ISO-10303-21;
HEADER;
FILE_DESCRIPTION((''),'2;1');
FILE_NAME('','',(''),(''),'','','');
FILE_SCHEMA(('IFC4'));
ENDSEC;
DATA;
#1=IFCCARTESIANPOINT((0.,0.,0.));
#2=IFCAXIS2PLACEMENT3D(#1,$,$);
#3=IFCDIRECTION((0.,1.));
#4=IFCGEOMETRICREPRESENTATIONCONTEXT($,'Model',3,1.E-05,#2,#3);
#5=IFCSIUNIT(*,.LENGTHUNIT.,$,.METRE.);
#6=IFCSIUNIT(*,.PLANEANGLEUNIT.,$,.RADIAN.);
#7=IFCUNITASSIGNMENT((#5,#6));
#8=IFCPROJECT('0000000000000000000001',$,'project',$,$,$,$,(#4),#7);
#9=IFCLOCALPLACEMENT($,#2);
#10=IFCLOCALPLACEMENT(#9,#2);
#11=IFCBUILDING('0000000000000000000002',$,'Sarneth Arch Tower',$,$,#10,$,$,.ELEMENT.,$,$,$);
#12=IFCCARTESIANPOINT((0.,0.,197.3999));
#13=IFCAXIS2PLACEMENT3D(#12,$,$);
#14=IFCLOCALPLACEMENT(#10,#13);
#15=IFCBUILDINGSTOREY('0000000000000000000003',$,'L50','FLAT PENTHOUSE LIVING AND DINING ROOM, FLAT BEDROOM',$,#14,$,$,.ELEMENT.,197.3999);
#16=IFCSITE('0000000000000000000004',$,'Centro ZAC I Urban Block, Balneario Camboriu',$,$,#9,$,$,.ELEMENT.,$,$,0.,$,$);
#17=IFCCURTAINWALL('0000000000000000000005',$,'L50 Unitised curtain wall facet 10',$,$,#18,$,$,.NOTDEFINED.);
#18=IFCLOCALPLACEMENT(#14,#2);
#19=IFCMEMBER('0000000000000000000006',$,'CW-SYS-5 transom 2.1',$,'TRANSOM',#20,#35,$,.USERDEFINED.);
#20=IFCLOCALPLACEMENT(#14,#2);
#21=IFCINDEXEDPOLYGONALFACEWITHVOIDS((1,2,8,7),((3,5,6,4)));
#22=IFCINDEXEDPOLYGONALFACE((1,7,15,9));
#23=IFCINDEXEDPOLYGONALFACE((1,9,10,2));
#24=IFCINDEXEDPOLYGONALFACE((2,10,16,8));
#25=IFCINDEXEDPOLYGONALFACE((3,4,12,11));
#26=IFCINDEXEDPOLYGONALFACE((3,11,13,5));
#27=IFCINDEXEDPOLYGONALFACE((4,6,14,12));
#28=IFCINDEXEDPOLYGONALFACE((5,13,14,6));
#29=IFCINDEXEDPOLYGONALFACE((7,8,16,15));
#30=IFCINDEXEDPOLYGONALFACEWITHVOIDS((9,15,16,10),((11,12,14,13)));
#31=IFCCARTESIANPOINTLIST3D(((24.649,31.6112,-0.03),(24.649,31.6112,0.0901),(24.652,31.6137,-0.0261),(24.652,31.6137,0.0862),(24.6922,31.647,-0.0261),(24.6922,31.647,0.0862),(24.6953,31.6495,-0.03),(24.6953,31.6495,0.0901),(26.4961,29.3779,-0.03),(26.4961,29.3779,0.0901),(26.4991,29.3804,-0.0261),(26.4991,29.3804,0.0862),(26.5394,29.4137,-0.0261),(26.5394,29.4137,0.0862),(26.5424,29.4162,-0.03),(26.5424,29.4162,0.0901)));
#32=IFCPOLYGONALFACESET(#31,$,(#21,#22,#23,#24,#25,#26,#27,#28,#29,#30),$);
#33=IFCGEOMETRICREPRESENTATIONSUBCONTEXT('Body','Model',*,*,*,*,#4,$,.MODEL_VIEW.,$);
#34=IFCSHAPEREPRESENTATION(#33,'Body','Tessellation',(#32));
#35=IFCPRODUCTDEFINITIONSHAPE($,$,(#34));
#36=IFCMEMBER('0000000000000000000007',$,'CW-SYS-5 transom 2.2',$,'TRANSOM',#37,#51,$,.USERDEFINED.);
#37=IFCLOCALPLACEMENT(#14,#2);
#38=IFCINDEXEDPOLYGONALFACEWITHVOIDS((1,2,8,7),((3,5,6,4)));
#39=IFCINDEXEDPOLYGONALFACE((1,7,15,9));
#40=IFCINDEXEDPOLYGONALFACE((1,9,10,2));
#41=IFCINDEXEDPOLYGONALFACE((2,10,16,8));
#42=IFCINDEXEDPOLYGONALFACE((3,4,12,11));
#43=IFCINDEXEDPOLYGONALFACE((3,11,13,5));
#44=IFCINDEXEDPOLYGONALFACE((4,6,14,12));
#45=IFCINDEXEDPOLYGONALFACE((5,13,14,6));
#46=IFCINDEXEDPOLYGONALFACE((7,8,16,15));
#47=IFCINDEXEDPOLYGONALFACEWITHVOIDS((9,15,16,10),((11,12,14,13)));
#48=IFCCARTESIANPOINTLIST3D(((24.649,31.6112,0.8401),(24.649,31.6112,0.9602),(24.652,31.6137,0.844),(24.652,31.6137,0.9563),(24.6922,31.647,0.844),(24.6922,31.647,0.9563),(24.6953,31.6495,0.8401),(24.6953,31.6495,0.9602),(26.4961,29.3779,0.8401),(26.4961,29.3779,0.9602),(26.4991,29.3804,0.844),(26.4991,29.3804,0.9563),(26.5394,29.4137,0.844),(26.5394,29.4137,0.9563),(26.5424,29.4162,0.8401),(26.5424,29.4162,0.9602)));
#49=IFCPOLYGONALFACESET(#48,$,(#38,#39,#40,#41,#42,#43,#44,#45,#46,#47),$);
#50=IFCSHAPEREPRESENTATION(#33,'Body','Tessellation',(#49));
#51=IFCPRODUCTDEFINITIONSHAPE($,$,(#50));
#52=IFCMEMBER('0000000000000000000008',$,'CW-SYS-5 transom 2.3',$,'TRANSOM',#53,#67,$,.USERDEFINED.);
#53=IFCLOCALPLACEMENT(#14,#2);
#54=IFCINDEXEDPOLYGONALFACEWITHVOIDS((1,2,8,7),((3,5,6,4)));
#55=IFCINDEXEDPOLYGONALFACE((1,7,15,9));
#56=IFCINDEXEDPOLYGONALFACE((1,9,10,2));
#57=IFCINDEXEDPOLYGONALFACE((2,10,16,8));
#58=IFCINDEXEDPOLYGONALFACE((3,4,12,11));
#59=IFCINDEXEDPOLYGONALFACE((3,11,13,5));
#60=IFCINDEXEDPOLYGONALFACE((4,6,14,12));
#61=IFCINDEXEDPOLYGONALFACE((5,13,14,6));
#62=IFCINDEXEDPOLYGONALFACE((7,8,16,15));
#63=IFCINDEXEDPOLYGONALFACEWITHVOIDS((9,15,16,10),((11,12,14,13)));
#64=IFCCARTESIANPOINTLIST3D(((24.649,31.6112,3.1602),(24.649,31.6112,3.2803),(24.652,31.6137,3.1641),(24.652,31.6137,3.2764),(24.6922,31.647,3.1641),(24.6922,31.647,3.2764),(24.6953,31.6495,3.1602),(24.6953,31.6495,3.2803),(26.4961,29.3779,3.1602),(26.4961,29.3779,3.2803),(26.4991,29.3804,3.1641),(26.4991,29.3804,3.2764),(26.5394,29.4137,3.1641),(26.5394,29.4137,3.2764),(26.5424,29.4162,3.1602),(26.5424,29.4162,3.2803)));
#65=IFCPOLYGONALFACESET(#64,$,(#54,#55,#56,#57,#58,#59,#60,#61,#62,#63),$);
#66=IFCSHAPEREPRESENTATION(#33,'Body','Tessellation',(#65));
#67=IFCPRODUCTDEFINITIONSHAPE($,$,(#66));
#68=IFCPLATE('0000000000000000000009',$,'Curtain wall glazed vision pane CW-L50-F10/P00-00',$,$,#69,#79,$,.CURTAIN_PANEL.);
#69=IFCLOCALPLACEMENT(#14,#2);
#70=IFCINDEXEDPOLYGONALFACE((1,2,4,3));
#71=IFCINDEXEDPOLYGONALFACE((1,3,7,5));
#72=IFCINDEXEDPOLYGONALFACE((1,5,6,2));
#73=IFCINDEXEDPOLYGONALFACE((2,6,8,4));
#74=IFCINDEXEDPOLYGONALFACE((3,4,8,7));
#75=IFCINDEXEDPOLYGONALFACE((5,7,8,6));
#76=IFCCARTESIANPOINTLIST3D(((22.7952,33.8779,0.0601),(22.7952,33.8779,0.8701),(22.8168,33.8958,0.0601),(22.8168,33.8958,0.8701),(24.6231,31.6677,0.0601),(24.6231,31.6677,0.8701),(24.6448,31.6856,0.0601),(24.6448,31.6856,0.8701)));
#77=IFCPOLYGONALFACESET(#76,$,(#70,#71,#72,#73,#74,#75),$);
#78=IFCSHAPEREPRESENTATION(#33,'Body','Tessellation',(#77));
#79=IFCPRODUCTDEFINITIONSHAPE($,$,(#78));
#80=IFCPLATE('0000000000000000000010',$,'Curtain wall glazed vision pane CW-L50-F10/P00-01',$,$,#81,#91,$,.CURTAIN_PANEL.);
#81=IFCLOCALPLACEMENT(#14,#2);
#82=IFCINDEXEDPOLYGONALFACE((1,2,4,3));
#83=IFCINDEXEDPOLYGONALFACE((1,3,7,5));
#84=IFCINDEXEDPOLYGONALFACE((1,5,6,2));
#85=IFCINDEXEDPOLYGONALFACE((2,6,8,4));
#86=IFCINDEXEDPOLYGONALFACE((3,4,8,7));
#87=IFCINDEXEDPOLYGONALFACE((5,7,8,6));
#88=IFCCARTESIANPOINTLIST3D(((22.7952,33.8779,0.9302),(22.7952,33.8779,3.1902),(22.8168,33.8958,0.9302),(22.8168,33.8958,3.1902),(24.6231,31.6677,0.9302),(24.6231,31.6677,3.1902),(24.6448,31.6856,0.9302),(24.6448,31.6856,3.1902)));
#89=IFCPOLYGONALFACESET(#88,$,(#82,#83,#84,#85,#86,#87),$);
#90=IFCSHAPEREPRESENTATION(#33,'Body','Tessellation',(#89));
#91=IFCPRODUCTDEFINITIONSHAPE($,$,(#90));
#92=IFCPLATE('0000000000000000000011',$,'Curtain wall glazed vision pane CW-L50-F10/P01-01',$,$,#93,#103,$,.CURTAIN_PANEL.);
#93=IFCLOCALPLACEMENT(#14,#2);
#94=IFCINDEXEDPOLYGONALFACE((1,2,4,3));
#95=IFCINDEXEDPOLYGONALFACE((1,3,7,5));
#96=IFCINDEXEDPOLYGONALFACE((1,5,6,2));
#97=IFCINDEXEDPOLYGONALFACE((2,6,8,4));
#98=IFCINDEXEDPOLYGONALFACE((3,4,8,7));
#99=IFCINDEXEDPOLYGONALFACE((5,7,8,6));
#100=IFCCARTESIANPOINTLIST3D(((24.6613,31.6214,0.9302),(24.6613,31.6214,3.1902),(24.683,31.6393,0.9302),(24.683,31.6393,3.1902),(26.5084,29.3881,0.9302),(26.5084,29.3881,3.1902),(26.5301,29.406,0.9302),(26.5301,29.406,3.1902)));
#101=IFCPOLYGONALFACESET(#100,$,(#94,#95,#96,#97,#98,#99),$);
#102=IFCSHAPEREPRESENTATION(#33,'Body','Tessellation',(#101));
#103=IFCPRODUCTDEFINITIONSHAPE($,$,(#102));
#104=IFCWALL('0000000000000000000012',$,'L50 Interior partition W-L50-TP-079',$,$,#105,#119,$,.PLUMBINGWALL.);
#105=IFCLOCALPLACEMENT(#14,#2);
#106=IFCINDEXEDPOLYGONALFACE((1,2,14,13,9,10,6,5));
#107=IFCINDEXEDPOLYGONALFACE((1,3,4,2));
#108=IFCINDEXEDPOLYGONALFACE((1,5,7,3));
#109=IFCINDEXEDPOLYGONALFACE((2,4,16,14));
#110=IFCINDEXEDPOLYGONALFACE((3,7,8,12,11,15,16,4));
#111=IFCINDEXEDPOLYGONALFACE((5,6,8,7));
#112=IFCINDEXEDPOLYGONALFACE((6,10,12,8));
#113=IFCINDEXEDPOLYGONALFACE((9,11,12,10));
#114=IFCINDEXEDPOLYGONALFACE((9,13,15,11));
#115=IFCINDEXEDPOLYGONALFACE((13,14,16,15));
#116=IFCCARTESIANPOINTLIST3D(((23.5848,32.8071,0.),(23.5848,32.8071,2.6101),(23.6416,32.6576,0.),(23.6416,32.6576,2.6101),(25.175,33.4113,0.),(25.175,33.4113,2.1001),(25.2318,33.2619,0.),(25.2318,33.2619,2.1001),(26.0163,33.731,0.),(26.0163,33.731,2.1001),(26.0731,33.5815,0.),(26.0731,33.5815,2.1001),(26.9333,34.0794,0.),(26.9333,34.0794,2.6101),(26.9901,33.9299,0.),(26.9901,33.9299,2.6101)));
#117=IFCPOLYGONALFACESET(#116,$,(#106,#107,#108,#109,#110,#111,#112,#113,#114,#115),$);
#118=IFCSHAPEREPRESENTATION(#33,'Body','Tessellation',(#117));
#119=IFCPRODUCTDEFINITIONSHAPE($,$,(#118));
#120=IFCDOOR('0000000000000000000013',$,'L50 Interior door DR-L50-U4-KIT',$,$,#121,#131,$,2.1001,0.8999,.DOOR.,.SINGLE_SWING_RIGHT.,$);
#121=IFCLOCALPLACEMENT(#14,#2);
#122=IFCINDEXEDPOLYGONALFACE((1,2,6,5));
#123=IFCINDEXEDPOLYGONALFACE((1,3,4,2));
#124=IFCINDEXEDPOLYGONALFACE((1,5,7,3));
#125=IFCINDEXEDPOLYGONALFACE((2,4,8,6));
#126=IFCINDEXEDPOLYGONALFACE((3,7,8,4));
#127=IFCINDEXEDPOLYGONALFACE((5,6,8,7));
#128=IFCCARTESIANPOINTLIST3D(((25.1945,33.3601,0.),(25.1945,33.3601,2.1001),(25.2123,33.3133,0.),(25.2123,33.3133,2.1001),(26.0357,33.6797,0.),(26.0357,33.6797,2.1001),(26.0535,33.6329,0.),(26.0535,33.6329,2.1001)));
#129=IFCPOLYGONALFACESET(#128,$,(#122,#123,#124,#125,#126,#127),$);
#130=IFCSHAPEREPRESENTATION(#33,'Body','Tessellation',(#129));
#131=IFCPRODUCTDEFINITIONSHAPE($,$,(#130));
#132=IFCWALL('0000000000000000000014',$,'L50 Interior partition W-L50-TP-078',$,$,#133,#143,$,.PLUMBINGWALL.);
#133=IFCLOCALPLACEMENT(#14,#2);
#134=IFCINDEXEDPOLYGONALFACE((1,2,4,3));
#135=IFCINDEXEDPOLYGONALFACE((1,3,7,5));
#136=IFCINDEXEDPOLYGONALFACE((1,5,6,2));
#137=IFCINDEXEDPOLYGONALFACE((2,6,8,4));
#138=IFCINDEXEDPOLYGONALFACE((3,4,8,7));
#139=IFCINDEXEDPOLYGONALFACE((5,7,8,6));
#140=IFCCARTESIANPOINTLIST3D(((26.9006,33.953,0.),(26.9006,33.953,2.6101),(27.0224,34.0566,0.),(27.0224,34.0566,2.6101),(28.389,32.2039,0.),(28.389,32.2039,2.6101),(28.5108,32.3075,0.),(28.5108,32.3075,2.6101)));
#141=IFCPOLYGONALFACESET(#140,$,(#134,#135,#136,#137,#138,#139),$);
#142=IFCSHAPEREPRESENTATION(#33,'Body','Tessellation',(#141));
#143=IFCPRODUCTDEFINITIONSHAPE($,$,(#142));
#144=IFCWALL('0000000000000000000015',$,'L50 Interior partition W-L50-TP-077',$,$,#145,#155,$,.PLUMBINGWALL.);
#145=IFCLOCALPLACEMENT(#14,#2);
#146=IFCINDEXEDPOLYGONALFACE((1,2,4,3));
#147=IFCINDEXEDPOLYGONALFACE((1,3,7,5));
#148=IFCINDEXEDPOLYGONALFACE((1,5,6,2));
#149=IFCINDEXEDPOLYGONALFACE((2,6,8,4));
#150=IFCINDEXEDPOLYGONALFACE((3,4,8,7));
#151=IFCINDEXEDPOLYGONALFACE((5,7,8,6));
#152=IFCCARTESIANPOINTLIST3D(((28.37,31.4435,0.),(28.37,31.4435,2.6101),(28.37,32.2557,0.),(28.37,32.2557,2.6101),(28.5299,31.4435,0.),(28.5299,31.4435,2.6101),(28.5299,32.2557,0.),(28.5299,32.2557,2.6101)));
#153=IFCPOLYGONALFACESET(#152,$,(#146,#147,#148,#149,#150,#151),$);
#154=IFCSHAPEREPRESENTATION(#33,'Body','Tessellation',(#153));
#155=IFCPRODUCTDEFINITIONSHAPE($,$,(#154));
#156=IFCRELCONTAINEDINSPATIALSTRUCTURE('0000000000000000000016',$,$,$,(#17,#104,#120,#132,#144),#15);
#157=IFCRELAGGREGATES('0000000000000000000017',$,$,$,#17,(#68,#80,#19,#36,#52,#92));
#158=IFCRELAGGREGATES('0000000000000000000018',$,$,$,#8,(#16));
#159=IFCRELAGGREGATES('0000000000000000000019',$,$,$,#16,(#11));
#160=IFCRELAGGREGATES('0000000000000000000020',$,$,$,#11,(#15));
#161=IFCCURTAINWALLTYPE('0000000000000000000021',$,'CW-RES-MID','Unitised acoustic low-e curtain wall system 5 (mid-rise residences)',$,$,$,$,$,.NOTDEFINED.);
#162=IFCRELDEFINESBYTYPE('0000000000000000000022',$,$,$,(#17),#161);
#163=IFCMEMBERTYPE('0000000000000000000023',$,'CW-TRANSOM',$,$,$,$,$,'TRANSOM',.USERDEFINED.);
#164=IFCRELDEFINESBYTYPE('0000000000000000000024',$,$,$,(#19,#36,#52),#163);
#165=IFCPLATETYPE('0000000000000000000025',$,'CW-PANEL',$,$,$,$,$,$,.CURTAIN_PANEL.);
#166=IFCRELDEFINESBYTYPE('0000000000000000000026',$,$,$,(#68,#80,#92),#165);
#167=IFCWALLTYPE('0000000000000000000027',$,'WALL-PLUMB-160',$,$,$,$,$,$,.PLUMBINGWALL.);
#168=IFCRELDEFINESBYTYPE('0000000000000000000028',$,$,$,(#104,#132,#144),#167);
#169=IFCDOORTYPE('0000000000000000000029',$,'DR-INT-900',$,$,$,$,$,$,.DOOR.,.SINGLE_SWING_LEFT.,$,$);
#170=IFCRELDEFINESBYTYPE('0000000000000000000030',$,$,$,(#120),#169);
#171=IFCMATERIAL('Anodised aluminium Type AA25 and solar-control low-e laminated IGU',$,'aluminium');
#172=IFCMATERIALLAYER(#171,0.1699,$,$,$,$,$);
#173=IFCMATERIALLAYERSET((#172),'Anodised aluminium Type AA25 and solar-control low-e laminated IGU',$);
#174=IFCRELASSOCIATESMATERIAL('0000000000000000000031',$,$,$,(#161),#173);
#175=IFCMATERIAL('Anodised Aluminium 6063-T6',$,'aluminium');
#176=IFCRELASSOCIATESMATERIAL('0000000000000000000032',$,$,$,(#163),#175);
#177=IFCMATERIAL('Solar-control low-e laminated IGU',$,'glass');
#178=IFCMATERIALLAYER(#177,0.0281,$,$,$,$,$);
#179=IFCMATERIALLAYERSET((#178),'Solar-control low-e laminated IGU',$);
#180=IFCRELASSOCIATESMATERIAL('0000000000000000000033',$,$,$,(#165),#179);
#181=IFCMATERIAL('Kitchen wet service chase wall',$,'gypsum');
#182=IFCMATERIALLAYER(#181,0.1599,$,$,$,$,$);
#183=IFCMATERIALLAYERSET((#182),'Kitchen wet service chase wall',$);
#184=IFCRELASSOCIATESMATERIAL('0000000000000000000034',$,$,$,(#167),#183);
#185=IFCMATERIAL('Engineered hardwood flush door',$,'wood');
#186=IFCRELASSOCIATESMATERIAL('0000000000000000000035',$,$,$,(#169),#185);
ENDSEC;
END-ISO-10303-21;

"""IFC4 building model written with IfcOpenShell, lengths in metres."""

from ifc_helpers import new_model, si_unit, direction, frame, frame_2d, origin, origin_2d, place, context, subcontext, project, spatial, rectangle, hollow_rectangle, extrude, material, layer, layer_set, material_profile, profile_set, type_object, element, fill, aggregate, save


model = new_model("IFC4")

# Units and contexts
model_context = context("Model", 3, precision=1e-05, world=origin(), true_north=direction((0.0, 1.0)))
body_context = subcontext(model_context, "Body", "Model", "MODEL_VIEW")
ifc_project = project(units=[si_unit("LENGTHUNIT", "METRE"), si_unit("PLANEANGLEUNIT", "RADIAN")], contexts=[model_context])

# Site, building, storey
site_placement = place(None, origin())
site = spatial("IfcSite", under=ifc_project, at=site_placement, Name="Centro ZAC I Urban Block, Balneario Camboriu", CompositionType="ELEMENT", RefElevation=0.0)
building_placement = place(site_placement, origin())
building = spatial("IfcBuilding", under=site, at=building_placement, Name="Sarneth Arch Tower", CompositionType="ELEMENT")
storey_placement = place(building_placement, frame((0.0, 0.0, 197.3999)))
storey = spatial("IfcBuildingStorey", under=building, at=storey_placement, Name="L50", Description="FLAT PENTHOUSE LIVING AND DINING ROOM, FLAT BEDROOM", CompositionType="ELEMENT", Elevation=197.3999)

# Curtain wall, members, plates
ifc_material_1 = material(Name="Anodised aluminium Type AA25 and solar-control low-e laminated IGU", Category="aluminium")
ifc_layer_1 = layer(ifc_material_1, 0.1699)
ifc_layer_set_1 = layer_set([ifc_layer_1], Name="Anodised aluminium Type AA25 and solar-control low-e laminated IGU")
curtain_wall_type = type_object("IfcCurtainWallType", Name="CW-RES-MID", Description="Unitised acoustic low-e curtain wall system 5 (mid-rise residences)", PredefinedType="NOTDEFINED", material=ifc_layer_set_1)
curtain_wall_placement = place(storey_placement, origin())
curtain_wall = element("IfcCurtainWall", 1, at=curtain_wall_placement, inside=storey, type_object=curtain_wall_type, Name="L50 Unitised curtain wall facet 10", PredefinedType="NOTDEFINED")
ifc_material_2 = material(Name="Anodised Aluminium 6063-T6", Category="aluminium")
ifc_material_profile_1 = material_profile(ifc_material_2, hollow_rectangle(XDim=0.0601, YDim=0.1201, WallThickness=0.0039, at=origin_2d()), Name="AL-TRAN-120x60x4")
ifc_profile_set_1 = profile_set([ifc_material_profile_1], Name="Anodised Aluminium 6063-T6")
member_type_1 = type_object("IfcMemberType", Name="CW-TRANSOM", ElementType="TRANSOM", PredefinedType="USERDEFINED", material=ifc_profile_set_1)
member_1_placement = place(storey_placement, frame((24.6721, 31.6304, 0.03), z_axis=(0.63733, -0.770591, 0.0), x_axis=(0.770591, 0.63733, 0.0)))
member_1 = element("IfcMember", 2, at=member_1_placement, type_object=member_type_1, Name="CW-SYS-5 transom 2.1", ObjectType="TRANSOM", PredefinedType="USERDEFINED", context=body_context, shape_type="SweptSolid", body=[
    extrude(hollow_rectangle(XDim=0.0601, YDim=0.1201, WallThickness=0.0039, at=origin_2d()), origin(), (0.0, 0.0, 1.0), 2.8982),
])
member_2_placement = place(storey_placement, frame((24.6721, 31.6304, 0.9001), z_axis=(0.63733, -0.770591, 0.0), x_axis=(0.770591, 0.63733, 0.0)))
member_2 = element("IfcMember", 3, at=member_2_placement, type_object=member_type_1, Name="CW-SYS-5 transom 2.2", ObjectType="TRANSOM", PredefinedType="USERDEFINED", context=body_context, shape_type="SweptSolid", body=[
    extrude(hollow_rectangle(XDim=0.0601, YDim=0.1201, WallThickness=0.0039, at=origin_2d()), origin(), (0.0, 0.0, 1.0), 2.8982),
])
member_3_placement = place(storey_placement, frame((24.6721, 31.6304, 3.2202), z_axis=(0.63733, -0.770591, 0.0), x_axis=(0.770591, 0.63733, 0.0)))
member_3 = element("IfcMember", 4, at=member_3_placement, type_object=member_type_1, Name="CW-SYS-5 transom 2.3", ObjectType="TRANSOM", PredefinedType="USERDEFINED", context=body_context, shape_type="SweptSolid", body=[
    extrude(hollow_rectangle(XDim=0.0601, YDim=0.1201, WallThickness=0.0039, at=origin_2d()), origin(), (0.0, 0.0, 1.0), 2.8982),
])
ifc_material_3 = material(Name="Solar-control low-e laminated IGU", Category="glass")
ifc_layer_2 = layer(ifc_material_3, 0.0281)
ifc_layer_set_2 = layer_set([ifc_layer_2], Name="Solar-control low-e laminated IGU")
plate_type = type_object("IfcPlateType", Name="CW-PANEL", PredefinedType="CURTAIN_PANEL", material=ifc_layer_set_2)
plate_1_placement = place(storey_placement, frame((23.72, 32.7817, 0.0601), z_axis=(0.0, 0.0, 1.0), x_axis=(0.63733, -0.770591, 0.0)))
plate_1 = element("IfcPlate", 5, at=plate_1_placement, type_object=plate_type, Name="Curtain wall glazed vision pane CW-L50-F10/P00-00", PredefinedType="CURTAIN_PANEL", context=body_context, shape_type="SweptSolid", body=[
    extrude(rectangle(XDim=2.8682, YDim=0.0281, at=origin_2d()), origin(), (0.0, 0.0, 1.0), 0.8101),
])
plate_2_placement = place(storey_placement, frame((23.72, 32.7817, 0.9302), z_axis=(0.0, 0.0, 1.0), x_axis=(0.63733, -0.770591, 0.0)))
plate_2 = element("IfcPlate", 6, at=plate_2_placement, type_object=plate_type, Name="Curtain wall glazed vision pane CW-L50-F10/P00-01", PredefinedType="CURTAIN_PANEL", context=body_context, shape_type="SweptSolid", body=[
    extrude(rectangle(XDim=2.8682, YDim=0.0281, at=origin_2d()), origin(), (0.0, 0.0, 1.0), 2.26),
])
plate_3_placement = place(storey_placement, frame((25.5957, 30.5137, 0.9302), z_axis=(0.0, 0.0, 1.0), x_axis=(0.63733, -0.770591, 0.0)))
plate_3 = element("IfcPlate", 7, at=plate_3_placement, type_object=plate_type, Name="Curtain wall glazed vision pane CW-L50-F10/P01-01", PredefinedType="CURTAIN_PANEL", context=body_context, shape_type="SweptSolid", body=[
    extrude(rectangle(XDim=2.8982, YDim=0.0281, at=origin_2d()), origin(), (0.0, 0.0, 1.0), 2.26),
])
aggregate(curtain_wall, [plate_1, plate_2, member_1, member_2, member_3, plate_3])

# Wall, opening, door
ifc_material_4 = material(Name="Kitchen wet service chase wall", Category="gypsum")
ifc_layer_3 = layer(ifc_material_4, 0.1599)
ifc_layer_set_3 = layer_set([ifc_layer_3], Name="Kitchen wet service chase wall")
wall_type_1 = type_object("IfcWallType", Name="WALL-PLUMB-160", PredefinedType="PLUMBINGWALL", material=ifc_layer_set_3)
wall_1_placement = place(storey_placement, frame((26.9617, 34.0046, 0.0), z_axis=(0.0, 0.0, 1.0), x_axis=(-0.934799, -0.355176, 0.0)))
wall_1 = element("IfcWall", 8, at=wall_1_placement, inside=storey, type_object=wall_type_1, Name="L50 Interior partition W-L50-TP-079", PredefinedType="PLUMBINGWALL", context=body_context, shape_type="SweptSolid", body=[
    extrude(rectangle(XDim=3.582, YDim=0.1599, at=frame_2d((1.791, 0.0))), origin(), (0.0, 0.0, 1.0), 2.6101),
])
opening_1_placement = place(wall_1_placement, frame((0.981, 0.0, 0.0)))
opening_1 = element("IfcOpeningElement", 9, at=opening_1_placement, cuts=wall_1, PredefinedType="OPENING", context=body_context, shape_type="SweptSolid", body=[
    extrude(rectangle(XDim=0.8999, YDim=2.1001, at=frame_2d((0.45, 1.05))), frame((0.0, 0.0898, 0.0), z_axis=(0.0, -1.0, 0.0), x_axis=(1.0, 0.0, 0.0)), (0.0, 0.0, 1.0), 0.1799),
])
ifc_material_5 = material(Name="Engineered hardwood flush door", Category="wood")
door_type_1 = type_object("IfcDoorType", Name="DR-INT-900", OperationType="SINGLE_SWING_LEFT", PredefinedType="DOOR", material=ifc_material_5)
door_1_placement = place(opening_1_placement, origin())
door_1 = element("IfcDoor", 10, at=door_1_placement, inside=storey, type_object=door_type_1, Name="L50 Interior door DR-L50-U4-KIT", OperationType="SINGLE_SWING_RIGHT", OverallHeight=2.1001, OverallWidth=0.8999, PredefinedType="DOOR", context=body_context, shape_type="SweptSolid", body=[
    extrude(rectangle(XDim=0.8999, YDim=2.1001, at=frame_2d((0.45, 1.05))), frame((0.0, 0.0249, 0.0), z_axis=(0.0, -1.0, 0.0), x_axis=(1.0, 0.0, 0.0)), (0.0, 0.0, 1.0), 0.05),
])
fill(opening_1, door_1)

# Walls
wall_2_placement = place(storey_placement, frame((28.45, 32.2556, 0.0), z_axis=(0.0, 0.0, 1.0), x_axis=(-0.648056, 0.761593, 0.0)))
element("IfcWall", 11, at=wall_2_placement, inside=storey, type_object=wall_type_1, Name="L50 Interior partition W-L50-TP-078", PredefinedType="PLUMBINGWALL", context=body_context, shape_type="SweptSolid", body=[
    extrude(rectangle(XDim=2.2966, YDim=0.1599, at=frame_2d((1.1484, 0.0))), origin(), (0.0, 0.0, 1.0), 2.6101),
])
wall_3_placement = place(storey_placement, frame((28.45, 31.4434, 0.0), z_axis=(0.0, 0.0, 1.0), x_axis=(0.0, 1.0, 0.0)))
element("IfcWall", 12, at=wall_3_placement, inside=storey, type_object=wall_type_1, Name="L50 Interior partition W-L50-TP-077", PredefinedType="PLUMBINGWALL", context=body_context, shape_type="SweptSolid", body=[
    extrude(rectangle(XDim=0.8123, YDim=0.1599, at=frame_2d((0.4062, 0.0))), origin(), (0.0, 0.0, 1.0), 2.6101),
])

save(model, "model.ifc")
